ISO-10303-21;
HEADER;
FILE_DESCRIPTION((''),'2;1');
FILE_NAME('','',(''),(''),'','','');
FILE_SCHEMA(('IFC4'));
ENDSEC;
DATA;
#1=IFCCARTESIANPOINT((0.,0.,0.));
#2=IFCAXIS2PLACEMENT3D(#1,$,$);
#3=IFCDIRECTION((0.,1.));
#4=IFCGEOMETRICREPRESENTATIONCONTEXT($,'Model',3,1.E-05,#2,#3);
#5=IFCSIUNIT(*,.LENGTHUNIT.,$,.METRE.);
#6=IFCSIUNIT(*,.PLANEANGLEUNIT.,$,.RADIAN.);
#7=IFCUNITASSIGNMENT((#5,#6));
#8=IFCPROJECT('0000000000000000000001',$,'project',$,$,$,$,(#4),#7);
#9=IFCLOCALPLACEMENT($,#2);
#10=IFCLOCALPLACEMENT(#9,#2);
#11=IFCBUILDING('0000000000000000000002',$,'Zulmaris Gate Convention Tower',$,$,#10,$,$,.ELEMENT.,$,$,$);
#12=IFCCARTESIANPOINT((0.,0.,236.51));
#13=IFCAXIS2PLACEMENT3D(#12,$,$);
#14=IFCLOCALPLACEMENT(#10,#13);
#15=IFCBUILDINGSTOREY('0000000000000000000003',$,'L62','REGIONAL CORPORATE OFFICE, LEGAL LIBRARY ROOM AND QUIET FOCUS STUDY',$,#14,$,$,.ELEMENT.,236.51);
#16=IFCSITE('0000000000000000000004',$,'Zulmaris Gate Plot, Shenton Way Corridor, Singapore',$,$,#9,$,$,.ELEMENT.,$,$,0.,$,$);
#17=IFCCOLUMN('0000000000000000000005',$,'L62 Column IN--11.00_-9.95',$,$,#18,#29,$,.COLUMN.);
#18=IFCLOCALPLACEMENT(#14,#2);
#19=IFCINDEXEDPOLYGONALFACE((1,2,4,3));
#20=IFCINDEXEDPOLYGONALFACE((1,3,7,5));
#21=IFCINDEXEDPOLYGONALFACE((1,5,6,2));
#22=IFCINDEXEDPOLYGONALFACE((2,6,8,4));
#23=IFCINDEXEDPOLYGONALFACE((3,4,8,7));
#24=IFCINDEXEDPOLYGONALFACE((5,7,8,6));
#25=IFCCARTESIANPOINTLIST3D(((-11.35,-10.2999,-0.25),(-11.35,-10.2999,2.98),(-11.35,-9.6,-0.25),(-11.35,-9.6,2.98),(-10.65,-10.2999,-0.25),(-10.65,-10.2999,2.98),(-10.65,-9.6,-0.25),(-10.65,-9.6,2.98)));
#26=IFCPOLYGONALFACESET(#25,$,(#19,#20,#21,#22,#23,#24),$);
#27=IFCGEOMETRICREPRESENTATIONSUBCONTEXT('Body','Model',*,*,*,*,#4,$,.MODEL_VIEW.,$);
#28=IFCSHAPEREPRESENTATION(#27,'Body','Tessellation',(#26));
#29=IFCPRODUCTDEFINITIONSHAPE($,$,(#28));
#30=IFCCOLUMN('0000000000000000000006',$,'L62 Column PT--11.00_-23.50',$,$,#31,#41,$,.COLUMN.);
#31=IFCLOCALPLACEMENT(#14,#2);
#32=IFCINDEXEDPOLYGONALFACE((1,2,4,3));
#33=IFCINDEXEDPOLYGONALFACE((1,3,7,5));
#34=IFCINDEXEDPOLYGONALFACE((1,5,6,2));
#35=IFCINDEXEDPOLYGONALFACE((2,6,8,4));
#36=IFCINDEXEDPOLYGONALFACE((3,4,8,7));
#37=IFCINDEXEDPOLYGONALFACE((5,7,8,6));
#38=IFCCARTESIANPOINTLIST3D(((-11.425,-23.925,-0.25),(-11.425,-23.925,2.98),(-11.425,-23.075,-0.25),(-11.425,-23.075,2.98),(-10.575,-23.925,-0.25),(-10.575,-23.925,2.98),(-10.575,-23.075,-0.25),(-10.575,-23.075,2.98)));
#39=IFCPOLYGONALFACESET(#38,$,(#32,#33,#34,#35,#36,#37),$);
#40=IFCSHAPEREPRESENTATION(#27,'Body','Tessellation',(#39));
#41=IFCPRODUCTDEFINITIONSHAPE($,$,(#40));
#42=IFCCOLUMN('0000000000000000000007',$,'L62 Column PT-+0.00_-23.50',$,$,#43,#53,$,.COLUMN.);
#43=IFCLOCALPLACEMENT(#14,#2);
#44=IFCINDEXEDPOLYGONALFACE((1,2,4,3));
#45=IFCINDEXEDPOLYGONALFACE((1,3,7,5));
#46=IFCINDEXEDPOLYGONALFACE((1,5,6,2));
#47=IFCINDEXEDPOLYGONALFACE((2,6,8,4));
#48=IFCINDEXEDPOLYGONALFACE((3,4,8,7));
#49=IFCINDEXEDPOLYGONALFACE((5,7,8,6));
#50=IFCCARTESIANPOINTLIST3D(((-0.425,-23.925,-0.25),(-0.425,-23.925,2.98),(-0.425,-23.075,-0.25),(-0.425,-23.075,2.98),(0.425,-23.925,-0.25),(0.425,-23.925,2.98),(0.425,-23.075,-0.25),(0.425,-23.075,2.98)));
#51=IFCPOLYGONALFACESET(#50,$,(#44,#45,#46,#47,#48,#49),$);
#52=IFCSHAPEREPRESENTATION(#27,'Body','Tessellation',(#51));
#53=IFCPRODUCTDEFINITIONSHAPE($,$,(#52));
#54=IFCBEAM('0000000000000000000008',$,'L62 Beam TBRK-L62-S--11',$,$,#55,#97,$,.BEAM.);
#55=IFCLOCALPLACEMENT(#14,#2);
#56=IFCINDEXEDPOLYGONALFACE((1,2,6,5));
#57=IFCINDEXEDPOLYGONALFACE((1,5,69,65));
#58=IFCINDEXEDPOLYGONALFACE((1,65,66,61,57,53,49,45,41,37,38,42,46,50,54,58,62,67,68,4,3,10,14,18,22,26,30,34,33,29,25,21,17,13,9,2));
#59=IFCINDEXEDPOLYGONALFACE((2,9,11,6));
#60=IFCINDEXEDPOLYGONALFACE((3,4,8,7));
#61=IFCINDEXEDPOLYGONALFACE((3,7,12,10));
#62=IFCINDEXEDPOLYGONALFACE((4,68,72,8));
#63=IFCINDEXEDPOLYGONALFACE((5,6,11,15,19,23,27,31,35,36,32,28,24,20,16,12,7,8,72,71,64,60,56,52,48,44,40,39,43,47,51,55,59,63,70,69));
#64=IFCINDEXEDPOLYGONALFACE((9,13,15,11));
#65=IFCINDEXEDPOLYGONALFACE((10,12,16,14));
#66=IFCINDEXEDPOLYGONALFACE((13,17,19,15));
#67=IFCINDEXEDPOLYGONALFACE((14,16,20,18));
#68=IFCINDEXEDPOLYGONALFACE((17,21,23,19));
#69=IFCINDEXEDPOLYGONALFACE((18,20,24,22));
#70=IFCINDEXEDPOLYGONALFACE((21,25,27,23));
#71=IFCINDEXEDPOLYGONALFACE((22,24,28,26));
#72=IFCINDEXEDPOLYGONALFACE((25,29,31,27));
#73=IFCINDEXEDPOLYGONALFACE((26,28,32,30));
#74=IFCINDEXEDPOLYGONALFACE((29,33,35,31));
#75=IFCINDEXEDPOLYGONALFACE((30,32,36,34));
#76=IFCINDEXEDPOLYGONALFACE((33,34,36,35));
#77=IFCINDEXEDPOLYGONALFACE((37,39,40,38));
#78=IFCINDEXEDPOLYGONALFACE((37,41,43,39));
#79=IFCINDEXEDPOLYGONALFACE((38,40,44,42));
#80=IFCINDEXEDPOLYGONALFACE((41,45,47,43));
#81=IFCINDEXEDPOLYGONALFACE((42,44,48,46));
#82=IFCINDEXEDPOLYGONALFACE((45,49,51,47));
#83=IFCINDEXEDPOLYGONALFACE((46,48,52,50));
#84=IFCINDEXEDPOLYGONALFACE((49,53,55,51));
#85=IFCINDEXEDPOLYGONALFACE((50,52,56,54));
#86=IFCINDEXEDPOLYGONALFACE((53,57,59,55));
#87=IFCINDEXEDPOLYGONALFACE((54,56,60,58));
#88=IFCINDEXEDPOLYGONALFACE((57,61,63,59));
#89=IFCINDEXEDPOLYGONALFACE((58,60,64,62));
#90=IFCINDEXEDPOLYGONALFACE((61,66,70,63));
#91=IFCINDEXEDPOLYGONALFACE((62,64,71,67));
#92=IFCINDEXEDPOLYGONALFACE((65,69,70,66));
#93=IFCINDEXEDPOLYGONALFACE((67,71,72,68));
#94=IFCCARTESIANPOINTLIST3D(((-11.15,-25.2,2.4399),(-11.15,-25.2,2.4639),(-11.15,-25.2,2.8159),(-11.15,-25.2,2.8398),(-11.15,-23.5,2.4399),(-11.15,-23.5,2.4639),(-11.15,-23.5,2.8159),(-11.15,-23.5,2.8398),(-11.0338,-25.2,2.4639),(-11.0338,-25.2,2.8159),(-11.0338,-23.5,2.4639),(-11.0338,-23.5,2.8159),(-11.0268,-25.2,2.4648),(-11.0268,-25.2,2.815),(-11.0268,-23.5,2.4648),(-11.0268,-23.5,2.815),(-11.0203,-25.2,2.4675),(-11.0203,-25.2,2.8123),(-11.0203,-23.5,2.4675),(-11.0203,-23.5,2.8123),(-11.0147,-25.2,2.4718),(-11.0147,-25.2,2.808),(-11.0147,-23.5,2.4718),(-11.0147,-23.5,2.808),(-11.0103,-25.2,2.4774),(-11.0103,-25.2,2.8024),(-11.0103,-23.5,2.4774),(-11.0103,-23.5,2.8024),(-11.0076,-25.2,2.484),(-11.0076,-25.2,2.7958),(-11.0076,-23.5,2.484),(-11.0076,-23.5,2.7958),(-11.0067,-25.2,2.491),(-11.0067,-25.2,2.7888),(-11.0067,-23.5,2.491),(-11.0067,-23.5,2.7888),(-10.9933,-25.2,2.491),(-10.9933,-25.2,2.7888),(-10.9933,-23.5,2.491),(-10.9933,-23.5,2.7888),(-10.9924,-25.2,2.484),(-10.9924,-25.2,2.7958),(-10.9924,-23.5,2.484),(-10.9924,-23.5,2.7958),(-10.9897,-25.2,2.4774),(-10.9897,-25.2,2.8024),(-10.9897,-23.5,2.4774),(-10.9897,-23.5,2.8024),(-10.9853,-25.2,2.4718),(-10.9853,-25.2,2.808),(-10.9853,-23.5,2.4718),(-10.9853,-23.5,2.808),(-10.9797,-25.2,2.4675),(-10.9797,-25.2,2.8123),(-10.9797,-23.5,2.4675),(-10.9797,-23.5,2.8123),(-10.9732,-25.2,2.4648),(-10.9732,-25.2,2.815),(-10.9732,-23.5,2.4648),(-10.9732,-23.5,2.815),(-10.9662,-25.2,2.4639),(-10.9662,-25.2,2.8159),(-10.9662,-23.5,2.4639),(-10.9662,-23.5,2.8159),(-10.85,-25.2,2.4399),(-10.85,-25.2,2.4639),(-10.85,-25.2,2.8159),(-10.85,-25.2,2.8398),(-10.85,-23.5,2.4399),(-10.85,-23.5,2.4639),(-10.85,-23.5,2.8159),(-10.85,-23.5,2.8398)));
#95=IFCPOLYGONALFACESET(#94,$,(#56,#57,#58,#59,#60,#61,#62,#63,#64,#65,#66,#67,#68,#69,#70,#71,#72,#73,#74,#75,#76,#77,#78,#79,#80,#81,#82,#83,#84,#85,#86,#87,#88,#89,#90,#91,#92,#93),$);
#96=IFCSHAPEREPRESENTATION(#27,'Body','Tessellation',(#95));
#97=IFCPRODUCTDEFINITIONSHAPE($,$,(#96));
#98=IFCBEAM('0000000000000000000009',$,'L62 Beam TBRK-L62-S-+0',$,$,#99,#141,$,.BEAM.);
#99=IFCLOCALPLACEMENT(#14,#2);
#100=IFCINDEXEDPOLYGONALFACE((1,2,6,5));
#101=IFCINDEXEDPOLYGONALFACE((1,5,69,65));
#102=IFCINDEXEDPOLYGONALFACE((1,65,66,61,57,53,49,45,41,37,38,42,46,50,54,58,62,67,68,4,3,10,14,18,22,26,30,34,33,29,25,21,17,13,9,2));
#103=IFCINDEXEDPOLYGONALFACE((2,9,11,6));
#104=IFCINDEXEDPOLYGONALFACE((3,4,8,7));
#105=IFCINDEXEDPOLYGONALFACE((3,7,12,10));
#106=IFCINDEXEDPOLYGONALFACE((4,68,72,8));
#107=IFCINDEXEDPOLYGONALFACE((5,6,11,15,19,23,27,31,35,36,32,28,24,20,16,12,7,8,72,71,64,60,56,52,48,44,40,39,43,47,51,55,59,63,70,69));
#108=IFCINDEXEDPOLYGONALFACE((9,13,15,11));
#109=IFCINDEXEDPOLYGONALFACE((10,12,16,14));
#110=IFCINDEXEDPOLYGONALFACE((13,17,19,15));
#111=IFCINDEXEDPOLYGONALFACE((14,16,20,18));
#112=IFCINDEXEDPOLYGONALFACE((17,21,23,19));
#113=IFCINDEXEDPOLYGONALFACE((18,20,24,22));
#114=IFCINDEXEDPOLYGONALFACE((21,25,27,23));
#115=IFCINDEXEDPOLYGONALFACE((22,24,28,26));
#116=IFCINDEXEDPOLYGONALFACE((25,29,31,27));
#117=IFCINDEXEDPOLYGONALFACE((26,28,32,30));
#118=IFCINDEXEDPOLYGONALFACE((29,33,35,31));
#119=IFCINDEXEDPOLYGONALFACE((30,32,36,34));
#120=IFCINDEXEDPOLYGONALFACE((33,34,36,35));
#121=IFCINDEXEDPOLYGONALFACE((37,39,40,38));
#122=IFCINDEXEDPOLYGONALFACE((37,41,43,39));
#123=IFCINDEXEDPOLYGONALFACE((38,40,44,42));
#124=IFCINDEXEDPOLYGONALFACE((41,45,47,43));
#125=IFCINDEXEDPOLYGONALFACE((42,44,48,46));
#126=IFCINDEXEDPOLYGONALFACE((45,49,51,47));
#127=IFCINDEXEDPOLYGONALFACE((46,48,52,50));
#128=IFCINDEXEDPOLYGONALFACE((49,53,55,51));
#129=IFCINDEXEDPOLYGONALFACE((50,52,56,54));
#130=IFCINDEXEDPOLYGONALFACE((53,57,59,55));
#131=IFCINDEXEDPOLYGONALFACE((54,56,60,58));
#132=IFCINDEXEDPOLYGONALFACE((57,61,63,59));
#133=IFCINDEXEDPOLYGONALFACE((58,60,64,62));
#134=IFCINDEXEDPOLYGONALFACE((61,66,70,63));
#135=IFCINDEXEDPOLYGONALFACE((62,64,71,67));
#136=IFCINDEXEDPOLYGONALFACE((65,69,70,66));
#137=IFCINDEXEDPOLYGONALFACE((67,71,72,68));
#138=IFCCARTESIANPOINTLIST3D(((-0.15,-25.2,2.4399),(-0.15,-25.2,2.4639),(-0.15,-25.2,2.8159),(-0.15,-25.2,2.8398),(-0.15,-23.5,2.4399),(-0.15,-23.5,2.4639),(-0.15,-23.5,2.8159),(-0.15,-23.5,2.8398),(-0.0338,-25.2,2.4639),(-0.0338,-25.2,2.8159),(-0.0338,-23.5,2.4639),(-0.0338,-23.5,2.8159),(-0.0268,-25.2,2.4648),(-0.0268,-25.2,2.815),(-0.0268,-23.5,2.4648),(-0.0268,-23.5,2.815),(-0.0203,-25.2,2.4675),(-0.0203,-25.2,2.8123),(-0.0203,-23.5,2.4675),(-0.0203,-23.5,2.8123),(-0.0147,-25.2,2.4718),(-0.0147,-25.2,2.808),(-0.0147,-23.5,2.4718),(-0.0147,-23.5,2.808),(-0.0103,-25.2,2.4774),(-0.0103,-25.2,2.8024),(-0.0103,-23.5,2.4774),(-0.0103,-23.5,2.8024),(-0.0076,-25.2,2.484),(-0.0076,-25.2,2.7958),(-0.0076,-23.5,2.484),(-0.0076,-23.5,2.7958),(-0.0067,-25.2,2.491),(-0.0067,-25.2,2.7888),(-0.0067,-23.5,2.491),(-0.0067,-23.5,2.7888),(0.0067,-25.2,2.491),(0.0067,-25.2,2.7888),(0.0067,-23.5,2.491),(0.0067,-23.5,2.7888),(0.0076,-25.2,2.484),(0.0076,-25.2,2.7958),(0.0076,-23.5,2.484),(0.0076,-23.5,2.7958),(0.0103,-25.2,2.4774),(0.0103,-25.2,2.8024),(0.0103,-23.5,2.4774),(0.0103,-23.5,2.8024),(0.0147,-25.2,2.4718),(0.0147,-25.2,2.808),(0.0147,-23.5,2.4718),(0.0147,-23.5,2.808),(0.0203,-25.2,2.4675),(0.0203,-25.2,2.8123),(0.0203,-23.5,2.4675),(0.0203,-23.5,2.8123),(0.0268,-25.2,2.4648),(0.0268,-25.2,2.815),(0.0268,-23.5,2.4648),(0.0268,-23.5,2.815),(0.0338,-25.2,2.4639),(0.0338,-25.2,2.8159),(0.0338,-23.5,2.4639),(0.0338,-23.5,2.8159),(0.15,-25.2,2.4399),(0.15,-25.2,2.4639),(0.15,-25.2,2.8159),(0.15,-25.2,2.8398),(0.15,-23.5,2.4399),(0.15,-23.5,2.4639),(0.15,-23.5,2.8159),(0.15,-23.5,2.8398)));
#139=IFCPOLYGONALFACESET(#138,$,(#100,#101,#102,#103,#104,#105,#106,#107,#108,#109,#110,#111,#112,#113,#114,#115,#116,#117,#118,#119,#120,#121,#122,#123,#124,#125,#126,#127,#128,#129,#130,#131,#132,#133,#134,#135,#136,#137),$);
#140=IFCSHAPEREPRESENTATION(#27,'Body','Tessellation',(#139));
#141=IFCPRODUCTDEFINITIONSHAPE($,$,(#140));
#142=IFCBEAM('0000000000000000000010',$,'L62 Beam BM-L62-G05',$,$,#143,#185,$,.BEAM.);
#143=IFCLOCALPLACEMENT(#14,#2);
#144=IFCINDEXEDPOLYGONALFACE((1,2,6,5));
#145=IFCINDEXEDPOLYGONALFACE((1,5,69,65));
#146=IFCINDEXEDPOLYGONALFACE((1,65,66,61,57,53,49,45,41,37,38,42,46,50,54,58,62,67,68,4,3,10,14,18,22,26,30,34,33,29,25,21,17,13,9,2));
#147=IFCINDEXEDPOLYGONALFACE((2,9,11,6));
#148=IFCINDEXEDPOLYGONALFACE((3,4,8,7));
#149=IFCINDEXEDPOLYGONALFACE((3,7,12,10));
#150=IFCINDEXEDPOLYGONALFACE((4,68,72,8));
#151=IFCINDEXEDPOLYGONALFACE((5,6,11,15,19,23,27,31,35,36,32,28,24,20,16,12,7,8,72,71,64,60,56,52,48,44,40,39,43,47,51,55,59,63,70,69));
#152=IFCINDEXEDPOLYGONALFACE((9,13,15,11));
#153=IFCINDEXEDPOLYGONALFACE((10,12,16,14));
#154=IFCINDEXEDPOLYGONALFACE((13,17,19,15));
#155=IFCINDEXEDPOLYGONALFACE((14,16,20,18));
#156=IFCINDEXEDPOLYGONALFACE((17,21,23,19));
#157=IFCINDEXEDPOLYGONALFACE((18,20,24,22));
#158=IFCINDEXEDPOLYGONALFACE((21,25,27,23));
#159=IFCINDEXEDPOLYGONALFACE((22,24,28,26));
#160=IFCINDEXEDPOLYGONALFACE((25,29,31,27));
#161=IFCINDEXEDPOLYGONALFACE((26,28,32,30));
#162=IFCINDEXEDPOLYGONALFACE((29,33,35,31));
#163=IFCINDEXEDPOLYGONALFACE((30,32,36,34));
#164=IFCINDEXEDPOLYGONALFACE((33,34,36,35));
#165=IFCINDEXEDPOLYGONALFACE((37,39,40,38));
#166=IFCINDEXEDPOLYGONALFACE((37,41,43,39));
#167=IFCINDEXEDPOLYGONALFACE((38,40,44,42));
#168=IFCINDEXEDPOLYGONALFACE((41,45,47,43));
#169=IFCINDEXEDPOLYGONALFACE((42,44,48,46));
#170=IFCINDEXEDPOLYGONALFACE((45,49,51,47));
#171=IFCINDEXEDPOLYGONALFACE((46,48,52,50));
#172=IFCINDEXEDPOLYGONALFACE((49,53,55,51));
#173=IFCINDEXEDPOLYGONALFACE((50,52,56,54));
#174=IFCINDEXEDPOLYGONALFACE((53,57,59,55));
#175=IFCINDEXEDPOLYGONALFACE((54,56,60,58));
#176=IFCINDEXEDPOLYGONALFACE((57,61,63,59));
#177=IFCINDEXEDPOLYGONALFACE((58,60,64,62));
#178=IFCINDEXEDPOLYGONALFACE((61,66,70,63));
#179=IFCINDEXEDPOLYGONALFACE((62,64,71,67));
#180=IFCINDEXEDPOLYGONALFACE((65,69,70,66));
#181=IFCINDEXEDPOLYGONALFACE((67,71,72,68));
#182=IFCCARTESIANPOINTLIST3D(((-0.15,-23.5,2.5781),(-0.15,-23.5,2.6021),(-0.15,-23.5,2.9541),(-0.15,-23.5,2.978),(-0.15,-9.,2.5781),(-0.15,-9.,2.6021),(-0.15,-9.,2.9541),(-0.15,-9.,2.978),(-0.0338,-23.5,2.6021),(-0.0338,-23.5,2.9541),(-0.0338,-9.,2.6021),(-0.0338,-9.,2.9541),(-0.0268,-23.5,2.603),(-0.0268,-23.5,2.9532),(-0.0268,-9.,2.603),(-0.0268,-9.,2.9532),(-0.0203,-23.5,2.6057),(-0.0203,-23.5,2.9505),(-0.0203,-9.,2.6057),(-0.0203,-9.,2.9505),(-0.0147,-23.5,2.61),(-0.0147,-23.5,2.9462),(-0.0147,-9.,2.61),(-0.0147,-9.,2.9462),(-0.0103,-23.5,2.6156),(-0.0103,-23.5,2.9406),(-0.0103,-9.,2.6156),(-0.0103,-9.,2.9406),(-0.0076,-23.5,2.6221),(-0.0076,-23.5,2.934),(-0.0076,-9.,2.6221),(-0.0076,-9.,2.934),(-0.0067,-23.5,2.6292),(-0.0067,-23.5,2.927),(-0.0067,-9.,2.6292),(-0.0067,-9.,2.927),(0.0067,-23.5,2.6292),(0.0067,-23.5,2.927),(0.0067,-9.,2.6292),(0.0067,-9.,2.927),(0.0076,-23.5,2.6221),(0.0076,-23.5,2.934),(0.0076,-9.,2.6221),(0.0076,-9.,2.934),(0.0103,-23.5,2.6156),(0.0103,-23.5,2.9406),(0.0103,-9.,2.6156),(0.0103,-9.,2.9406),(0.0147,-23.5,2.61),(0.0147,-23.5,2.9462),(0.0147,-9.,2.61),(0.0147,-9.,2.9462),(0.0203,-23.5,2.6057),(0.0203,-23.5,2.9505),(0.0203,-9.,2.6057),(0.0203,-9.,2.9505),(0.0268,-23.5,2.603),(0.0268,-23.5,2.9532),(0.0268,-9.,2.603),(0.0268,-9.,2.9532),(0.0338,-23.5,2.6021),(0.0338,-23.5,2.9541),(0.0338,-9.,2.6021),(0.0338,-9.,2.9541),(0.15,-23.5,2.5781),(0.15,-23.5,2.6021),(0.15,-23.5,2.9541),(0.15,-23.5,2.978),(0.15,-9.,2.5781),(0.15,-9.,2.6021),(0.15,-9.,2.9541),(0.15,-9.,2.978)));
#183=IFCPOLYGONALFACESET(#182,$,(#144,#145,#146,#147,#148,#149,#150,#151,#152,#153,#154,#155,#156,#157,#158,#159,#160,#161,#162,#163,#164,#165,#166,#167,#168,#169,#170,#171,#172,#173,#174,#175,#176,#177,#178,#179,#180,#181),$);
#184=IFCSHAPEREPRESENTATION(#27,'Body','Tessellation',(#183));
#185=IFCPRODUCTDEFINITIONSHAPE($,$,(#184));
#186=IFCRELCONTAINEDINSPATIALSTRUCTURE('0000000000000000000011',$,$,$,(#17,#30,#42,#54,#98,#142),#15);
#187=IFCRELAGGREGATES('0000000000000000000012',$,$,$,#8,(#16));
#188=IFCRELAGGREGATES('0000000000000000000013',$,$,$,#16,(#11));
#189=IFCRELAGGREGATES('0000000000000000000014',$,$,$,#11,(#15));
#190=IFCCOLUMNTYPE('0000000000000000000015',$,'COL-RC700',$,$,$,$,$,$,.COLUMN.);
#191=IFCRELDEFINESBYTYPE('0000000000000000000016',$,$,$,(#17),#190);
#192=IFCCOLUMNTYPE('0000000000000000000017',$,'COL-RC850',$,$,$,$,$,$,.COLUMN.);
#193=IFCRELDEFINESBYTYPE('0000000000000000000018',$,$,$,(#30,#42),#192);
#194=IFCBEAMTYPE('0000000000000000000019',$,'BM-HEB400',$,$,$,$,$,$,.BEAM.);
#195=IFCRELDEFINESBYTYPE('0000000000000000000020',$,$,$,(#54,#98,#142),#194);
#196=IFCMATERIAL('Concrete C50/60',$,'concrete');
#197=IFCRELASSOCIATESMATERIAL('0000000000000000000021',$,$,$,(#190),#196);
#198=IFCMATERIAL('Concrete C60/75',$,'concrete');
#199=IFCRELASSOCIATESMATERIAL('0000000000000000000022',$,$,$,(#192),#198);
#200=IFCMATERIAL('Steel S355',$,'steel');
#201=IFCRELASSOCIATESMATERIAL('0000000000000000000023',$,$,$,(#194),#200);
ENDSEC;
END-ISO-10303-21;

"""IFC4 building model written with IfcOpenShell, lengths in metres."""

from ifc_helpers import new_model, si_unit, direction, frame, origin, origin_2d, place, context, subcontext, project, spatial, rectangle, i_section, extrude, material, material_profile, profile_set, type_object, element, save


model = new_model("IFC4")

# Units and contexts
model_context = context("Model", 3, precision=1e-05, world=origin(), true_north=direction((0.0, 1.0)))
body_context = subcontext(model_context, "Body", "Model", "MODEL_VIEW")
ifc_project = project(units=[si_unit("LENGTHUNIT", "METRE"), si_unit("PLANEANGLEUNIT", "RADIAN")], contexts=[model_context])

# Site, building, storey
site_placement = place(None, origin())
site = spatial("IfcSite", under=ifc_project, at=site_placement, Name="Zulmaris Gate Plot, Shenton Way Corridor, Singapore", CompositionType="ELEMENT", RefElevation=0.0)
building_placement = place(site_placement, origin())
building = spatial("IfcBuilding", under=site, at=building_placement, Name="Zulmaris Gate Convention Tower", CompositionType="ELEMENT")
storey_placement = place(building_placement, frame((0.0, 0.0, 236.51)))
storey = spatial("IfcBuildingStorey", under=building, at=storey_placement, Name="L62", Description="REGIONAL CORPORATE OFFICE, LEGAL LIBRARY ROOM AND QUIET FOCUS STUDY", CompositionType="ELEMENT", Elevation=236.51)

# Columns
ifc_material_1 = material(Name="Concrete C50/60", Category="concrete")
ifc_material_profile_1 = material_profile(ifc_material_1, rectangle(XDim=0.7, YDim=0.7, at=origin_2d()), Name="RC COL 700x700")
ifc_profile_set_1 = profile_set([ifc_material_profile_1], Name="Concrete C50/60")
column_type_1 = type_object("IfcColumnType", Name="COL-RC700", PredefinedType="COLUMN", material=ifc_profile_set_1)
column_placement = place(storey_placement, frame((-11.0, -9.95, -0.25), z_axis=(0.0, 0.0, 1.0), x_axis=(1.0, 0.0, 0.0)))
element("IfcColumn", 1, at=column_placement, inside=storey, type_object=column_type_1, Name="L62 Column IN--11.00_-9.95", PredefinedType="COLUMN", context=body_context, shape_type="SweptSolid", body=[
    extrude(rectangle(XDim=0.7, YDim=0.7, at=origin_2d()), origin(), (0.0, 0.0, 1.0), 3.23),
])
ifc_material_2 = material(Name="Concrete C60/75", Category="concrete")
ifc_material_profile_2 = material_profile(ifc_material_2, rectangle(XDim=0.8501, YDim=0.8501, at=origin_2d()), Name="RC COL 850x850")
ifc_profile_set_2 = profile_set([ifc_material_profile_2], Name="Concrete C60/75")
column_type_2 = type_object("IfcColumnType", Name="COL-RC850", PredefinedType="COLUMN", material=ifc_profile_set_2)
for number, where, z_axis, x_axis, name in (
    (2, (-11.0, -23.5, -0.25), (0.0, 0.0, 1.0), (1.0, 0.0, 0.0), "L62 Column PT--11.00_-23.50"),
    (3, (0.0, -23.5, -0.25), (0.0, 0.0, 1.0), (1.0, 0.0, 0.0), "L62 Column PT-+0.00_-23.50"),
):
    element("IfcColumn", number, at=place(storey_placement, frame(where, z_axis=z_axis, x_axis=x_axis)), inside=storey, type_object=column_type_2, Name=name, PredefinedType="COLUMN", context=body_context, shape_type="SweptSolid", body=[
        extrude(rectangle(XDim=0.8501, YDim=0.8501, at=origin_2d()), origin(), (0.0, 0.0, 1.0), 3.23),
    ])

# Beams
ifc_material_3 = material(Name="Steel S355", Category="steel")
ifc_material_profile_3 = material_profile(ifc_material_3, i_section(OverallWidth=0.3, OverallDepth=0.3999, WebThickness=0.0134, FlangeThickness=0.0239, FilletRadius=0.0271, at=origin_2d()), Name="HEB 400")
ifc_profile_set_3 = profile_set([ifc_material_profile_3], Name="Steel S355")
beam_type_1 = type_object("IfcBeamType", Name="BM-HEB400", PredefinedType="BEAM", material=ifc_profile_set_3)
for number, where, z_axis, x_axis, name in (
    (4, (-11.0, -25.2, 2.6399), (0.0, 1.0, 0.0), (-1.0, 0.0, 0.0), "L62 Beam TBRK-L62-S--11"),
    (5, (0.0, -25.2, 2.6399), (0.0, 1.0, 0.0), (-1.0, 0.0, 0.0), "L62 Beam TBRK-L62-S-+0"),
):
    element("IfcBeam", number, at=place(storey_placement, frame(where, z_axis=z_axis, x_axis=x_axis)), inside=storey, type_object=beam_type_1, Name=name, PredefinedType="BEAM", context=body_context, shape_type="SweptSolid", body=[
        extrude(i_section(OverallWidth=0.3, OverallDepth=0.3999, WebThickness=0.0134, FlangeThickness=0.0239, FilletRadius=0.0271, at=origin_2d()), origin(), (0.0, 0.0, 1.0), 1.7),
    ])
beam_1_placement = place(storey_placement, frame((0.0, -23.5, 2.7781), z_axis=(0.0, 1.0, 0.0), x_axis=(-1.0, 0.0, 0.0)))
element("IfcBeam", 6, at=beam_1_placement, inside=storey, type_object=beam_type_1, Name="L62 Beam BM-L62-G05", PredefinedType="BEAM", context=body_context, shape_type="SweptSolid", body=[
    extrude(i_section(OverallWidth=0.3, OverallDepth=0.3999, WebThickness=0.0134, FlangeThickness=0.0239, FilletRadius=0.0271, at=origin_2d()), origin(), (0.0, 0.0, 1.0), 14.5),
])

save(model, "model.ifc")
